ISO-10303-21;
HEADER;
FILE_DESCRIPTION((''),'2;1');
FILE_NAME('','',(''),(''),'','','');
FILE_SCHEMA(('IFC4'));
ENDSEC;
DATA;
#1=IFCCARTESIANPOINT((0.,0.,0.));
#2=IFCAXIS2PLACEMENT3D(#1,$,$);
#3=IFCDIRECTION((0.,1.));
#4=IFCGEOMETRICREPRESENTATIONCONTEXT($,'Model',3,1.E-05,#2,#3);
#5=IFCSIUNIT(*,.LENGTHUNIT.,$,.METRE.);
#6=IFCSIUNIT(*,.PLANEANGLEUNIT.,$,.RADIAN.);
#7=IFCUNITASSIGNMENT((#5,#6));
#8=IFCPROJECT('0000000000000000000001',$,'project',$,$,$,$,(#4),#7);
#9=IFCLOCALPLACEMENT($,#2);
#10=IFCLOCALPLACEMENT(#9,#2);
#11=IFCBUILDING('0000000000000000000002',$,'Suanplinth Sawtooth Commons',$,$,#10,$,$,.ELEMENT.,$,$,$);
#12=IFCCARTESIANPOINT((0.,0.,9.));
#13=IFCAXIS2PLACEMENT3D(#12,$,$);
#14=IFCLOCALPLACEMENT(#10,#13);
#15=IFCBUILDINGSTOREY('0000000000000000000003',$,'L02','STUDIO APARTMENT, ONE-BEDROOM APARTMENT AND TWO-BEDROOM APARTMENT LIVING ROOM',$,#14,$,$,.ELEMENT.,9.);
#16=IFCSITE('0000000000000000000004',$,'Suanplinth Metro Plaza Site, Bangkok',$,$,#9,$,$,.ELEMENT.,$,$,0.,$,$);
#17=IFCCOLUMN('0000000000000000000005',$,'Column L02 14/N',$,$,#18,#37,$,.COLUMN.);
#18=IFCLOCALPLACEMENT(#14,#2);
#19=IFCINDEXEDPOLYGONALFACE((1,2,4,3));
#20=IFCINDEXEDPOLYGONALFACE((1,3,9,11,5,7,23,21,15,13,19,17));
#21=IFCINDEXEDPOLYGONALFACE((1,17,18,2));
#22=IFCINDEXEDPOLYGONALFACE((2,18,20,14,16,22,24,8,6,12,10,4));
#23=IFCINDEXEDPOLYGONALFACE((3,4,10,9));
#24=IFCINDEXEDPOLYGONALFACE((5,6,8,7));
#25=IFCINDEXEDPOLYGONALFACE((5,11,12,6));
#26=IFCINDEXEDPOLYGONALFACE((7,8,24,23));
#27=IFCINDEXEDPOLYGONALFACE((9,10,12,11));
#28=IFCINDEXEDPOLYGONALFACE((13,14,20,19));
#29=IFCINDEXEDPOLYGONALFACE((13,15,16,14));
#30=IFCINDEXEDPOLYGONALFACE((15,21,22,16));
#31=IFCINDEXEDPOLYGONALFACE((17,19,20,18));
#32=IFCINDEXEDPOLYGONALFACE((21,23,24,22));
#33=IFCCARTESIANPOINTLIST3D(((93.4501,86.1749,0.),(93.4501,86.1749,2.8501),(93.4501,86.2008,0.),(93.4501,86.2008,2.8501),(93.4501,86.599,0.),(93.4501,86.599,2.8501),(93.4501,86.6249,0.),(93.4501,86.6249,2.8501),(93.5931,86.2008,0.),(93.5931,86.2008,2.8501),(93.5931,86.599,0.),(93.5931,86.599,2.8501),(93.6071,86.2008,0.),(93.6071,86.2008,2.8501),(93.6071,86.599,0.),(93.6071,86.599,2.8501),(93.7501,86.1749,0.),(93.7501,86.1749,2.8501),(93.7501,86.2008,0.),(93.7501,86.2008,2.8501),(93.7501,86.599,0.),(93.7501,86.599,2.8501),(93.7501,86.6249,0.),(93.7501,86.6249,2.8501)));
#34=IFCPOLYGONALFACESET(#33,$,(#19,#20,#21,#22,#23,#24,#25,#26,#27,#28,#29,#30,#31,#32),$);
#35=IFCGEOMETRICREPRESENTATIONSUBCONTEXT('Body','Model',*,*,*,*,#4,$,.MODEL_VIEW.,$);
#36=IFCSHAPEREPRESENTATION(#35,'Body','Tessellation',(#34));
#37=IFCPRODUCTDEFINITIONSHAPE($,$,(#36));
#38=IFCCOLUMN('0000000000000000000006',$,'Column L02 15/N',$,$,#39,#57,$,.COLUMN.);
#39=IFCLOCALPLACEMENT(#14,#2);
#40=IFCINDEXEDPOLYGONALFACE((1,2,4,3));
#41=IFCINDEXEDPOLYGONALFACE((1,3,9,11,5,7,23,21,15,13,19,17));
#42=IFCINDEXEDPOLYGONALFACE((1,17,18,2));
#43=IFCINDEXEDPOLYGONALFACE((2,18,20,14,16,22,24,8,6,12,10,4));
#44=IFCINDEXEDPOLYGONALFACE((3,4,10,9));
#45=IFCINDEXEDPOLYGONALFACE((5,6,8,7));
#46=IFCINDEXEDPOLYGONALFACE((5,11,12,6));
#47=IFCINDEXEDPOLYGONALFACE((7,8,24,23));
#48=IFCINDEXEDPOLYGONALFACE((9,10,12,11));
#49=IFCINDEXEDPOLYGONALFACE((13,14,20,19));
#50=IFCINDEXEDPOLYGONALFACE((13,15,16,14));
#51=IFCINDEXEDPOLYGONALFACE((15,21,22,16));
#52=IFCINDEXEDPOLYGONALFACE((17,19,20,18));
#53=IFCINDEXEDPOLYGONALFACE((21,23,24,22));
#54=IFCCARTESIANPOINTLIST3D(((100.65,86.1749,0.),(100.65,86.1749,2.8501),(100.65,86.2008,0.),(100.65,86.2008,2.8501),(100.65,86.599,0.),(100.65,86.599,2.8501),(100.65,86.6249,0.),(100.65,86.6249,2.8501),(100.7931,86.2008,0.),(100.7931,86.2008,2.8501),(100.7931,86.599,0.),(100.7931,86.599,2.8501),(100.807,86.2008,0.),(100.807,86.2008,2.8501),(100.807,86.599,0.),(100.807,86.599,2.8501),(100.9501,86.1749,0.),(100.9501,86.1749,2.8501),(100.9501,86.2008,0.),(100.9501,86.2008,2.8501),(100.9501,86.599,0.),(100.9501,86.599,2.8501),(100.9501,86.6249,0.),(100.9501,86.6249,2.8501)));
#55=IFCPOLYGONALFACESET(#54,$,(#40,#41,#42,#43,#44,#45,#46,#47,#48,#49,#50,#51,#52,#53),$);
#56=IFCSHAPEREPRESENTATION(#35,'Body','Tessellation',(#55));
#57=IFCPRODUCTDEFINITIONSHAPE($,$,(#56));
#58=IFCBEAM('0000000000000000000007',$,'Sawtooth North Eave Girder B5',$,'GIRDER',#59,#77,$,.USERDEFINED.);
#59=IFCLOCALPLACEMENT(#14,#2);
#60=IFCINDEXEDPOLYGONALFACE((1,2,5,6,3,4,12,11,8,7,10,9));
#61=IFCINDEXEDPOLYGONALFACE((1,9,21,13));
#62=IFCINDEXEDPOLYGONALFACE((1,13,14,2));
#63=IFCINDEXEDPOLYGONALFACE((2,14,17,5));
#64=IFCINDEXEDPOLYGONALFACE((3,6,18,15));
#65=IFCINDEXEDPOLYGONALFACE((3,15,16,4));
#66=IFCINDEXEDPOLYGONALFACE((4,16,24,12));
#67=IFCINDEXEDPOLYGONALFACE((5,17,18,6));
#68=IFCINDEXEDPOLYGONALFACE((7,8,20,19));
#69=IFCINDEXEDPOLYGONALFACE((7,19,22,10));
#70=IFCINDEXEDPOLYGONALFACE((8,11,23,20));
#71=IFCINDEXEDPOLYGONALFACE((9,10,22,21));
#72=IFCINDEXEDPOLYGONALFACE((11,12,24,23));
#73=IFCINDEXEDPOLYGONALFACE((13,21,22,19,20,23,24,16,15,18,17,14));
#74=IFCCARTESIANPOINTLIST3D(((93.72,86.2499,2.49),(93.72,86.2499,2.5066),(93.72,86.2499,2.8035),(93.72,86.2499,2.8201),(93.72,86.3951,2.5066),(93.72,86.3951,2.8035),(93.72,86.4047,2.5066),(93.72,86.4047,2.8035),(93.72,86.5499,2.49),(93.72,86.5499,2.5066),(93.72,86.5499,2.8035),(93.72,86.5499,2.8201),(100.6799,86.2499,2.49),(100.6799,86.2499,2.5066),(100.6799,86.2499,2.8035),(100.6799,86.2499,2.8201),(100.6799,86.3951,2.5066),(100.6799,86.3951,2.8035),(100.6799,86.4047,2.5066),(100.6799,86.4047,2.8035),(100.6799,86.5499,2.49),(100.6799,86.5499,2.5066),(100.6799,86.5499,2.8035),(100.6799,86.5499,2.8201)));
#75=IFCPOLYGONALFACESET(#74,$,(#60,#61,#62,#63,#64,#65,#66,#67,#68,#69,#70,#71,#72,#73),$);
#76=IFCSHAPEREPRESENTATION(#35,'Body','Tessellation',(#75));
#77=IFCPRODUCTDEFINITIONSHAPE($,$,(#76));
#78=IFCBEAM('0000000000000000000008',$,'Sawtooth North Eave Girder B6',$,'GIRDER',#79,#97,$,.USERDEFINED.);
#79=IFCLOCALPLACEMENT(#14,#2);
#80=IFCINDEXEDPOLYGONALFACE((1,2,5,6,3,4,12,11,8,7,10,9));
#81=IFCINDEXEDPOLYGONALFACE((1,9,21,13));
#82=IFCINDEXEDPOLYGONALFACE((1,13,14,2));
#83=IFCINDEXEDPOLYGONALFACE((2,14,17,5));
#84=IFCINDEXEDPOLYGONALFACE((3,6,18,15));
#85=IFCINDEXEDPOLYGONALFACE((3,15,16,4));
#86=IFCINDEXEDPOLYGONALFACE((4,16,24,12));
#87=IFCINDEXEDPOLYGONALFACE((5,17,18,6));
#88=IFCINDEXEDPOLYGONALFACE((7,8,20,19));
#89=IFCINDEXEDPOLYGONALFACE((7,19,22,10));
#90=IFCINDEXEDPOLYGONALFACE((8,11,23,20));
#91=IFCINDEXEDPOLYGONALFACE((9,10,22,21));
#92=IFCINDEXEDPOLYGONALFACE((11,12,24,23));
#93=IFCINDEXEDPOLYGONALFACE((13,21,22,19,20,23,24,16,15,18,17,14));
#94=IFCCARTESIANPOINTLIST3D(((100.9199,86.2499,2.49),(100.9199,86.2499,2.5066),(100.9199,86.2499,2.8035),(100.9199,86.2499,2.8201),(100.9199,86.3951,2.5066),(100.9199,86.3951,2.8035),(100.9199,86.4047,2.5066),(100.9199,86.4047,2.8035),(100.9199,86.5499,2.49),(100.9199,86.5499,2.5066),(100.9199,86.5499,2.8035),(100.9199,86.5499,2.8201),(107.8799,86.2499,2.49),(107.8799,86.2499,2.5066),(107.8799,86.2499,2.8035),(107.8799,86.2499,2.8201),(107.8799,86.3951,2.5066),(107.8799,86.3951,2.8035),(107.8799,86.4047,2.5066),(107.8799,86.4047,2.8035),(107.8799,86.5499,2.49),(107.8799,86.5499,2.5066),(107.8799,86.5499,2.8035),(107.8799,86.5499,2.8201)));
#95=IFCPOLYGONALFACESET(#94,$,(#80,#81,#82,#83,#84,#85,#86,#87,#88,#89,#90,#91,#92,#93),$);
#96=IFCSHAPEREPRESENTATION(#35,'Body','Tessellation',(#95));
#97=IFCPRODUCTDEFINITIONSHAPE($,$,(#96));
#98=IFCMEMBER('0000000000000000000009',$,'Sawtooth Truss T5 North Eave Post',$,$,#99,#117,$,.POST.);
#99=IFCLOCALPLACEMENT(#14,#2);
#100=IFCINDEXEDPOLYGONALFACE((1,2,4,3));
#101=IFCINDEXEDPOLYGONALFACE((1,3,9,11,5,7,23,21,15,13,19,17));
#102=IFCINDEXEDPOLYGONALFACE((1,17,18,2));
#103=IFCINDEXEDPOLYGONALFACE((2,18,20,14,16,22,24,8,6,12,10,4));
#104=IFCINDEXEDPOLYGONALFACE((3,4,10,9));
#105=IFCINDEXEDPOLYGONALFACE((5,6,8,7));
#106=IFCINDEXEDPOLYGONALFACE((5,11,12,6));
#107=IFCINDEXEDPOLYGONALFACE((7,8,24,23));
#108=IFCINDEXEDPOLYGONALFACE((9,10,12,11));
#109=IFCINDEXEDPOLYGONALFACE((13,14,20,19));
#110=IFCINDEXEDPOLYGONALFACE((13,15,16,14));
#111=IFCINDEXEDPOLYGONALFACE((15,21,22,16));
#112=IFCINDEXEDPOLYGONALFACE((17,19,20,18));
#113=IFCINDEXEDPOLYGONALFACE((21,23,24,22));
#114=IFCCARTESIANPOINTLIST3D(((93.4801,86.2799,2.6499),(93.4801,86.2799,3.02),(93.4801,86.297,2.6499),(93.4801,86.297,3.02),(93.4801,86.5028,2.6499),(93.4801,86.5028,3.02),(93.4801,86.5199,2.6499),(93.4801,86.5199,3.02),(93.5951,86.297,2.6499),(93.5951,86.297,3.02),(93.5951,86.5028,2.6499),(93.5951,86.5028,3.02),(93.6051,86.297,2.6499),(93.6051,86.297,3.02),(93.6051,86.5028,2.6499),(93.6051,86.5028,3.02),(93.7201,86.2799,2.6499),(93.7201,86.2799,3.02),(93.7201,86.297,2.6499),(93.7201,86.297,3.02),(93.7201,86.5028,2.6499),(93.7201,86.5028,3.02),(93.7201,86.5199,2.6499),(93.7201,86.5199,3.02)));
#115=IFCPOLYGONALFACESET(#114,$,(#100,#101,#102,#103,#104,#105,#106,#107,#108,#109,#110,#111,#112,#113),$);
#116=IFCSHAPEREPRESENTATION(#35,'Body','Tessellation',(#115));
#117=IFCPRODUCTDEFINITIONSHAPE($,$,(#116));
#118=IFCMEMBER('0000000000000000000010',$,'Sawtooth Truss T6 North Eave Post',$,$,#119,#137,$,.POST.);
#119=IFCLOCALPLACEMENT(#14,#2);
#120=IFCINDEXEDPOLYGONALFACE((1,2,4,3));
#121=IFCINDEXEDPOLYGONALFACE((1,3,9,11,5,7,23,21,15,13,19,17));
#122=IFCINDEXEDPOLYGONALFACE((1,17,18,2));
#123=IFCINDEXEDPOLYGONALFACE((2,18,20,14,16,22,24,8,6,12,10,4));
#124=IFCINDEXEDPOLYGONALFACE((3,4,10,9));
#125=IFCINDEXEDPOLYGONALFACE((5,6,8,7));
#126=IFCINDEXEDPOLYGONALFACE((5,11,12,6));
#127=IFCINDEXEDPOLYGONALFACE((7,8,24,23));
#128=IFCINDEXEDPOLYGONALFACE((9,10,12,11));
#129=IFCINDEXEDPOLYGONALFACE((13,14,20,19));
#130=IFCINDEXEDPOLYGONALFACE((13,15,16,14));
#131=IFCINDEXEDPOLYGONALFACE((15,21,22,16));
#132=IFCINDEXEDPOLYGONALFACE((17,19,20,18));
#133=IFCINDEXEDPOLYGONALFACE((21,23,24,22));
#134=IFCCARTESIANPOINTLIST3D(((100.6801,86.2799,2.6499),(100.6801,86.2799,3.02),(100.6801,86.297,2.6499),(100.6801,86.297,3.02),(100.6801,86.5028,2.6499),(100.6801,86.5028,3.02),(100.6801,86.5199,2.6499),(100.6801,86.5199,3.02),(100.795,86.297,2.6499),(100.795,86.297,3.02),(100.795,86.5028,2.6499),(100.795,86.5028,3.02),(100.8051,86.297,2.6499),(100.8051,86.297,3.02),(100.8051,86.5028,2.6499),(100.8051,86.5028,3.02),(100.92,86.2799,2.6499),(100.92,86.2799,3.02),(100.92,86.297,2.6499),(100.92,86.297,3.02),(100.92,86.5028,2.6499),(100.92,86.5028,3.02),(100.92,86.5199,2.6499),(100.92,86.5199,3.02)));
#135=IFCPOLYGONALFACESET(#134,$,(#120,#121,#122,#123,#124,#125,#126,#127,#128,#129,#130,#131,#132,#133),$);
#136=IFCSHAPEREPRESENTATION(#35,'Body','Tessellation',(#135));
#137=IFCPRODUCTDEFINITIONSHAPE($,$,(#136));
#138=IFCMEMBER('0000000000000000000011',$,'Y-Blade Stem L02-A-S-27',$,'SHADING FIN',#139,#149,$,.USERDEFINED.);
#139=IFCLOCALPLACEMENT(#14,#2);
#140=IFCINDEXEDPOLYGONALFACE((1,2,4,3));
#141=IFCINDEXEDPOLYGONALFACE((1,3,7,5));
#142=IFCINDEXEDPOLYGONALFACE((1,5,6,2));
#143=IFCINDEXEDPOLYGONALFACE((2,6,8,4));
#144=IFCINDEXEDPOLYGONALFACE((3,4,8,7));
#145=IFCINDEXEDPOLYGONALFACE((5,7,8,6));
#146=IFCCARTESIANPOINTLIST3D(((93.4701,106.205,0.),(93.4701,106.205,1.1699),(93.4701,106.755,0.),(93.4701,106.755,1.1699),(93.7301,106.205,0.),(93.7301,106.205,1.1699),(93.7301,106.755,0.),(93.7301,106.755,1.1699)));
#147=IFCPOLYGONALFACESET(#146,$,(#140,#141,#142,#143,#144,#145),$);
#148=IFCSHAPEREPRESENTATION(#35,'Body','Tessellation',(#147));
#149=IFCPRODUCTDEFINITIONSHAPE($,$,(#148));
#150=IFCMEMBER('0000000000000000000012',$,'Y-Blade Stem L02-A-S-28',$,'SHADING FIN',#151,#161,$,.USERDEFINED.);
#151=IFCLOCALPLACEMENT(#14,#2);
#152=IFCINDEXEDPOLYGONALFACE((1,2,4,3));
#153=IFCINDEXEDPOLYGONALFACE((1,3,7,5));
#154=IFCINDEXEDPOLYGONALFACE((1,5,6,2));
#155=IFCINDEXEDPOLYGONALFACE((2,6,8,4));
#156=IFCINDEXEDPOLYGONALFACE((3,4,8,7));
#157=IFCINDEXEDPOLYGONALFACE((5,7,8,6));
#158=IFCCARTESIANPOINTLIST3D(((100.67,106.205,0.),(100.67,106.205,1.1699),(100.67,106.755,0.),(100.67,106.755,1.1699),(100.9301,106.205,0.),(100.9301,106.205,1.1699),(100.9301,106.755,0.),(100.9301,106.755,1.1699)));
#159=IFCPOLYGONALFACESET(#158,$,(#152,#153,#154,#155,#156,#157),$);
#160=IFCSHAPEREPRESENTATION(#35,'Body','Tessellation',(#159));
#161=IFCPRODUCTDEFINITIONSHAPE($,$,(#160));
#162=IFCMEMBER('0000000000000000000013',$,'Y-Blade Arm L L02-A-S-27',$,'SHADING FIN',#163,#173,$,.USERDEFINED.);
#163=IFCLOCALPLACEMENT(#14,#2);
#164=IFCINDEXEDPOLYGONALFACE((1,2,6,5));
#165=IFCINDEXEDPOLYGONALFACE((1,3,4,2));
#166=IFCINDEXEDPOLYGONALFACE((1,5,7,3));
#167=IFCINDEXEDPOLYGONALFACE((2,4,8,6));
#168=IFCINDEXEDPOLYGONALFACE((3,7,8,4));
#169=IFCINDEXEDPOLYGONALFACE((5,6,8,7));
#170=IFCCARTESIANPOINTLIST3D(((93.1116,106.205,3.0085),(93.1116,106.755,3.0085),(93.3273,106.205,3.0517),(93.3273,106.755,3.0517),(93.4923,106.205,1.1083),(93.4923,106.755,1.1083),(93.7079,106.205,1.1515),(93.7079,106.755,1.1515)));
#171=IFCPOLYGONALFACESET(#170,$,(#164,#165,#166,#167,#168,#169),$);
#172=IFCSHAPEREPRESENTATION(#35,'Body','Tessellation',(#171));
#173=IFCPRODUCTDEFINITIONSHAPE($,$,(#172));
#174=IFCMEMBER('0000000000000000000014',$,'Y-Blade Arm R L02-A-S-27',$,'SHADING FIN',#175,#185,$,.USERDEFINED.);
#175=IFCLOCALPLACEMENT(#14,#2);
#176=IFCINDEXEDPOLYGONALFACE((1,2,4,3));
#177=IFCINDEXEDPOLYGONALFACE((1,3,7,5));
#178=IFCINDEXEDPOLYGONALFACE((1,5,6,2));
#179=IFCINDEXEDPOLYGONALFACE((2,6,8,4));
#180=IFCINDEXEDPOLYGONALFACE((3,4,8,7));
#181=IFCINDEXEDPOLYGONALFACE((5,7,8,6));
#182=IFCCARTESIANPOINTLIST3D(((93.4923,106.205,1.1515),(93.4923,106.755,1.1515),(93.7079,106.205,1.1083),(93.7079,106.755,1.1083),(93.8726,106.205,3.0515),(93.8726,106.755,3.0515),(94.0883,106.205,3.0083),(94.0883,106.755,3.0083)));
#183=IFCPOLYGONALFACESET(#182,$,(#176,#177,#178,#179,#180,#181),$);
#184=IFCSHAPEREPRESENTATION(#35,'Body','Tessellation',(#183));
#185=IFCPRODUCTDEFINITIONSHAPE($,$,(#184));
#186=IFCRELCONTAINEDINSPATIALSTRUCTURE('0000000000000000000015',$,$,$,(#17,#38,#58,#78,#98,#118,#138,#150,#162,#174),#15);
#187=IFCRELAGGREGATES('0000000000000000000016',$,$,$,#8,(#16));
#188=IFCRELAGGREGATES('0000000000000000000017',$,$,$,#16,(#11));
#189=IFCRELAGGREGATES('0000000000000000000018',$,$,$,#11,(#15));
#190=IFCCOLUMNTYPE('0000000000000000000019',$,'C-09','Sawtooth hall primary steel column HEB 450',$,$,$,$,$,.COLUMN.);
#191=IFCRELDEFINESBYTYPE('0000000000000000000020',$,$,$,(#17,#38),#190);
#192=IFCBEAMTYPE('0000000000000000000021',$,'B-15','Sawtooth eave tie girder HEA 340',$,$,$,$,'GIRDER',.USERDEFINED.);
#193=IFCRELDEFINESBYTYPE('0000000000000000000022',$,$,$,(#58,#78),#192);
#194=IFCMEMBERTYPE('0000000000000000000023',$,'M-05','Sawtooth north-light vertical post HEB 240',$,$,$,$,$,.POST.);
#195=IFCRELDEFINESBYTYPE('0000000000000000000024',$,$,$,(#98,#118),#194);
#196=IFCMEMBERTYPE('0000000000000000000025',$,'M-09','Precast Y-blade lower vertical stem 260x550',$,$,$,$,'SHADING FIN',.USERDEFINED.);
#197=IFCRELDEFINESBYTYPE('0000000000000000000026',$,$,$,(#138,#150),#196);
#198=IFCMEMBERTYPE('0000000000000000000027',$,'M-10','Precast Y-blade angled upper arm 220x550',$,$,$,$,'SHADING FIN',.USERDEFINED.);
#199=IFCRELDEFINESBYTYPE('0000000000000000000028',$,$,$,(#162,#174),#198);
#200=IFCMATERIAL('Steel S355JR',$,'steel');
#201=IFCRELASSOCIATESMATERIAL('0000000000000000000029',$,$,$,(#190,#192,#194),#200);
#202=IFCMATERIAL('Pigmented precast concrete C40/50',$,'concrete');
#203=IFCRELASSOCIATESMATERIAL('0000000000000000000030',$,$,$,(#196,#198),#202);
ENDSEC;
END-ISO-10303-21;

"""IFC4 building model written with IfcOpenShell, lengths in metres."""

from ifc_helpers import new_model, si_unit, direction, frame, origin, origin_2d, place, context, subcontext, project, spatial, rectangle, i_section, extrude, material, material_profile, profile_set, type_object, element, save


model = new_model("IFC4")

# Units and contexts
model_context = context("Model", 3, precision=1e-05, world=origin(), true_north=direction((0.0, 1.0)))
body_context = subcontext(model_context, "Body", "Model", "MODEL_VIEW")
ifc_project = project(units=[si_unit("LENGTHUNIT", "METRE"), si_unit("PLANEANGLEUNIT", "RADIAN")], contexts=[model_context])

# Site, building, storey
site_placement = place(None, origin())
site = spatial("IfcSite", under=ifc_project, at=site_placement, Name="Suanplinth Metro Plaza Site, Bangkok", CompositionType="ELEMENT", RefElevation=0.0)
building_placement = place(site_placement, origin())
building = spatial("IfcBuilding", under=site, at=building_placement, Name="Suanplinth Sawtooth Commons", CompositionType="ELEMENT")
storey_placement = place(building_placement, frame((0.0, 0.0, 9.0)))
storey = spatial("IfcBuildingStorey", under=building, at=storey_placement, Name="L02", Description="STUDIO APARTMENT, ONE-BEDROOM APARTMENT AND TWO-BEDROOM APARTMENT LIVING ROOM", CompositionType="ELEMENT", Elevation=9.0)

# Columns
ifc_material_1 = material(Name="Steel S355JR", Category="steel")
ifc_material_profile_1 = material_profile(ifc_material_1, i_section(OverallWidth=0.3, OverallDepth=0.45, WebThickness=0.0139, FlangeThickness=0.0259, at=origin_2d()), Name="HEB 450")
ifc_profile_set_1 = profile_set([ifc_material_profile_1], Name="Steel S355JR")
column_type = type_object("IfcColumnType", Name="C-09", Description="Sawtooth hall primary steel column HEB 450", PredefinedType="COLUMN", material=ifc_profile_set_1)
for number, where, z_axis, x_axis, name in (
    (1, (93.6001, 86.3999, 0.0), (0.0, 0.0, 1.0), (1.0, 0.0, 0.0), "Column L02 14/N"),
    (2, (100.8, 86.3999, 0.0), (0.0, 0.0, 1.0), (1.0, 0.0, 0.0), "Column L02 15/N"),
):
    element("IfcColumn", number, at=place(storey_placement, frame(where, z_axis=z_axis, x_axis=x_axis)), inside=storey, type_object=column_type, Name=name, PredefinedType="COLUMN", context=body_context, shape_type="SweptSolid", body=[
        extrude(i_section(OverallWidth=0.3, OverallDepth=0.45, WebThickness=0.0139, FlangeThickness=0.0259, at=origin_2d()), origin(), (0.0, 0.0, 1.0), 2.8501),
    ])

# Beams
ifc_material_profile_2 = material_profile(ifc_material_1, i_section(OverallWidth=0.3, OverallDepth=0.3301, WebThickness=0.0095, FlangeThickness=0.0166, at=origin_2d()), Name="HEA 340")
ifc_profile_set_2 = profile_set([ifc_material_profile_2], Name="Steel S355JR")
beam_type = type_object("IfcBeamType", Name="B-15", Description="Sawtooth eave tie girder HEA 340", ElementType="GIRDER", PredefinedType="USERDEFINED", material=ifc_profile_set_2)
for number, where, z_axis, x_axis, name in (
    (3, (93.72, 86.3999, 2.655), (1.0, 0.0, 0.0), (0.0, 1.0, 0.0), "Sawtooth North Eave Girder B5"),
    (4, (100.9199, 86.3999, 2.655), (1.0, 0.0, 0.0), (0.0, 1.0, 0.0), "Sawtooth North Eave Girder B6"),
):
    element("IfcBeam", number, at=place(storey_placement, frame(where, z_axis=z_axis, x_axis=x_axis)), inside=storey, type_object=beam_type, Name=name, ObjectType="GIRDER", PredefinedType="USERDEFINED", context=body_context, shape_type="SweptSolid", body=[
        extrude(i_section(OverallWidth=0.3, OverallDepth=0.3301, WebThickness=0.0095, FlangeThickness=0.0166, at=origin_2d()), origin(), (0.0, 0.0, 1.0), 6.96),
    ])

# Members
ifc_material_profile_3 = material_profile(ifc_material_1, i_section(OverallWidth=0.24, OverallDepth=0.24, WebThickness=0.01, FlangeThickness=0.0171, at=origin_2d()), Name="HEB 240")
ifc_profile_set_3 = profile_set([ifc_material_profile_3], Name="Steel S355JR")
member_type_1 = type_object("IfcMemberType", Name="M-05", Description="Sawtooth north-light vertical post HEB 240", PredefinedType="POST", material=ifc_profile_set_3)
for number, where, z_axis, x_axis, name in (
    (5, (93.6001, 86.3999, 2.6499), (0.0, 0.0, 1.0), (1.0, 0.0, 0.0), "Sawtooth Truss T5 North Eave Post"),
    (6, (100.8, 86.3999, 2.6499), (0.0, 0.0, 1.0), (1.0, 0.0, 0.0), "Sawtooth Truss T6 North Eave Post"),
):
    element("IfcMember", number, at=place(storey_placement, frame(where, z_axis=z_axis, x_axis=x_axis)), inside=storey, type_object=member_type_1, Name=name, PredefinedType="POST", context=body_context, shape_type="SweptSolid", body=[
        extrude(i_section(OverallWidth=0.24, OverallDepth=0.24, WebThickness=0.01, FlangeThickness=0.0171, at=origin_2d()), origin(), (0.0, 0.0, 1.0), 0.3701),
    ])
ifc_material_2 = material(Name="Pigmented precast concrete C40/50", Category="concrete")
ifc_material_profile_4 = material_profile(ifc_material_2, rectangle(XDim=0.26, YDim=0.55, at=origin_2d()), Name="PC-FIN 260x550")
ifc_profile_set_4 = profile_set([ifc_material_profile_4], Name="Pigmented precast concrete C40/50")
member_type_2 = type_object("IfcMemberType", Name="M-09", Description="Precast Y-blade lower vertical stem 260x550", ElementType="SHADING FIN", PredefinedType="USERDEFINED", material=ifc_profile_set_4)
for number, where, z_axis, x_axis, name in (
    (7, (93.6001, 106.48, 0.0), (0.0, 0.0, 1.0), (1.0, 0.0, 0.0), "Y-Blade Stem L02-A-S-27"),
    (8, (100.8, 106.48, 0.0), (0.0, 0.0, 1.0), (1.0, 0.0, 0.0), "Y-Blade Stem L02-A-S-28"),
):
    element("IfcMember", number, at=place(storey_placement, frame(where, z_axis=z_axis, x_axis=x_axis)), inside=storey, type_object=member_type_2, Name=name, ObjectType="SHADING FIN", PredefinedType="USERDEFINED", context=body_context, shape_type="SweptSolid", body=[
        extrude(rectangle(XDim=0.26, YDim=0.55, at=origin_2d()), origin(), (0.0, 0.0, 1.0), 1.1699),
    ])
ifc_material_profile_5 = material_profile(ifc_material_2, rectangle(XDim=0.22, YDim=0.55, at=origin_2d()), Name="PC-FIN 220x550")
ifc_profile_set_5 = profile_set([ifc_material_profile_5], Name="Pigmented precast concrete C40/50")
member_type_3 = type_object("IfcMemberType", Name="M-10", Description="Precast Y-blade angled upper arm 220x550", ElementType="SHADING FIN", PredefinedType="USERDEFINED", material=ifc_profile_set_5)
member_1_placement = place(storey_placement, frame((93.6001, 106.48, 1.1299), z_axis=(-0.196407, 0.0, 0.980522), x_axis=(0.980522, 0.0, 0.196407)))
element("IfcMember", 9, at=member_1_placement, inside=storey, type_object=member_type_3, Name="Y-Blade Arm L L02-A-S-27", ObjectType="SHADING FIN", PredefinedType="USERDEFINED", context=body_context, shape_type="SweptSolid", body=[
    extrude(rectangle(XDim=0.22, YDim=0.55, at=origin_2d()), origin(), (0.0, 0.0, 1.0), 1.938),
])
member_2_placement = place(storey_placement, frame((93.6001, 106.48, 1.1299), z_axis=(0.196286, 0.0, 0.980547), x_axis=(-0.980547, 0.0, 0.196286)))
element("IfcMember", 10, at=member_2_placement, inside=storey, type_object=member_type_3, Name="Y-Blade Arm R L02-A-S-27", ObjectType="SHADING FIN", PredefinedType="USERDEFINED", context=body_context, shape_type="SweptSolid", body=[
    extrude(rectangle(XDim=0.22, YDim=0.55, at=origin_2d()), origin(), (0.0, 0.0, 1.0), 1.9377),
])

save(model, "model.ifc")
